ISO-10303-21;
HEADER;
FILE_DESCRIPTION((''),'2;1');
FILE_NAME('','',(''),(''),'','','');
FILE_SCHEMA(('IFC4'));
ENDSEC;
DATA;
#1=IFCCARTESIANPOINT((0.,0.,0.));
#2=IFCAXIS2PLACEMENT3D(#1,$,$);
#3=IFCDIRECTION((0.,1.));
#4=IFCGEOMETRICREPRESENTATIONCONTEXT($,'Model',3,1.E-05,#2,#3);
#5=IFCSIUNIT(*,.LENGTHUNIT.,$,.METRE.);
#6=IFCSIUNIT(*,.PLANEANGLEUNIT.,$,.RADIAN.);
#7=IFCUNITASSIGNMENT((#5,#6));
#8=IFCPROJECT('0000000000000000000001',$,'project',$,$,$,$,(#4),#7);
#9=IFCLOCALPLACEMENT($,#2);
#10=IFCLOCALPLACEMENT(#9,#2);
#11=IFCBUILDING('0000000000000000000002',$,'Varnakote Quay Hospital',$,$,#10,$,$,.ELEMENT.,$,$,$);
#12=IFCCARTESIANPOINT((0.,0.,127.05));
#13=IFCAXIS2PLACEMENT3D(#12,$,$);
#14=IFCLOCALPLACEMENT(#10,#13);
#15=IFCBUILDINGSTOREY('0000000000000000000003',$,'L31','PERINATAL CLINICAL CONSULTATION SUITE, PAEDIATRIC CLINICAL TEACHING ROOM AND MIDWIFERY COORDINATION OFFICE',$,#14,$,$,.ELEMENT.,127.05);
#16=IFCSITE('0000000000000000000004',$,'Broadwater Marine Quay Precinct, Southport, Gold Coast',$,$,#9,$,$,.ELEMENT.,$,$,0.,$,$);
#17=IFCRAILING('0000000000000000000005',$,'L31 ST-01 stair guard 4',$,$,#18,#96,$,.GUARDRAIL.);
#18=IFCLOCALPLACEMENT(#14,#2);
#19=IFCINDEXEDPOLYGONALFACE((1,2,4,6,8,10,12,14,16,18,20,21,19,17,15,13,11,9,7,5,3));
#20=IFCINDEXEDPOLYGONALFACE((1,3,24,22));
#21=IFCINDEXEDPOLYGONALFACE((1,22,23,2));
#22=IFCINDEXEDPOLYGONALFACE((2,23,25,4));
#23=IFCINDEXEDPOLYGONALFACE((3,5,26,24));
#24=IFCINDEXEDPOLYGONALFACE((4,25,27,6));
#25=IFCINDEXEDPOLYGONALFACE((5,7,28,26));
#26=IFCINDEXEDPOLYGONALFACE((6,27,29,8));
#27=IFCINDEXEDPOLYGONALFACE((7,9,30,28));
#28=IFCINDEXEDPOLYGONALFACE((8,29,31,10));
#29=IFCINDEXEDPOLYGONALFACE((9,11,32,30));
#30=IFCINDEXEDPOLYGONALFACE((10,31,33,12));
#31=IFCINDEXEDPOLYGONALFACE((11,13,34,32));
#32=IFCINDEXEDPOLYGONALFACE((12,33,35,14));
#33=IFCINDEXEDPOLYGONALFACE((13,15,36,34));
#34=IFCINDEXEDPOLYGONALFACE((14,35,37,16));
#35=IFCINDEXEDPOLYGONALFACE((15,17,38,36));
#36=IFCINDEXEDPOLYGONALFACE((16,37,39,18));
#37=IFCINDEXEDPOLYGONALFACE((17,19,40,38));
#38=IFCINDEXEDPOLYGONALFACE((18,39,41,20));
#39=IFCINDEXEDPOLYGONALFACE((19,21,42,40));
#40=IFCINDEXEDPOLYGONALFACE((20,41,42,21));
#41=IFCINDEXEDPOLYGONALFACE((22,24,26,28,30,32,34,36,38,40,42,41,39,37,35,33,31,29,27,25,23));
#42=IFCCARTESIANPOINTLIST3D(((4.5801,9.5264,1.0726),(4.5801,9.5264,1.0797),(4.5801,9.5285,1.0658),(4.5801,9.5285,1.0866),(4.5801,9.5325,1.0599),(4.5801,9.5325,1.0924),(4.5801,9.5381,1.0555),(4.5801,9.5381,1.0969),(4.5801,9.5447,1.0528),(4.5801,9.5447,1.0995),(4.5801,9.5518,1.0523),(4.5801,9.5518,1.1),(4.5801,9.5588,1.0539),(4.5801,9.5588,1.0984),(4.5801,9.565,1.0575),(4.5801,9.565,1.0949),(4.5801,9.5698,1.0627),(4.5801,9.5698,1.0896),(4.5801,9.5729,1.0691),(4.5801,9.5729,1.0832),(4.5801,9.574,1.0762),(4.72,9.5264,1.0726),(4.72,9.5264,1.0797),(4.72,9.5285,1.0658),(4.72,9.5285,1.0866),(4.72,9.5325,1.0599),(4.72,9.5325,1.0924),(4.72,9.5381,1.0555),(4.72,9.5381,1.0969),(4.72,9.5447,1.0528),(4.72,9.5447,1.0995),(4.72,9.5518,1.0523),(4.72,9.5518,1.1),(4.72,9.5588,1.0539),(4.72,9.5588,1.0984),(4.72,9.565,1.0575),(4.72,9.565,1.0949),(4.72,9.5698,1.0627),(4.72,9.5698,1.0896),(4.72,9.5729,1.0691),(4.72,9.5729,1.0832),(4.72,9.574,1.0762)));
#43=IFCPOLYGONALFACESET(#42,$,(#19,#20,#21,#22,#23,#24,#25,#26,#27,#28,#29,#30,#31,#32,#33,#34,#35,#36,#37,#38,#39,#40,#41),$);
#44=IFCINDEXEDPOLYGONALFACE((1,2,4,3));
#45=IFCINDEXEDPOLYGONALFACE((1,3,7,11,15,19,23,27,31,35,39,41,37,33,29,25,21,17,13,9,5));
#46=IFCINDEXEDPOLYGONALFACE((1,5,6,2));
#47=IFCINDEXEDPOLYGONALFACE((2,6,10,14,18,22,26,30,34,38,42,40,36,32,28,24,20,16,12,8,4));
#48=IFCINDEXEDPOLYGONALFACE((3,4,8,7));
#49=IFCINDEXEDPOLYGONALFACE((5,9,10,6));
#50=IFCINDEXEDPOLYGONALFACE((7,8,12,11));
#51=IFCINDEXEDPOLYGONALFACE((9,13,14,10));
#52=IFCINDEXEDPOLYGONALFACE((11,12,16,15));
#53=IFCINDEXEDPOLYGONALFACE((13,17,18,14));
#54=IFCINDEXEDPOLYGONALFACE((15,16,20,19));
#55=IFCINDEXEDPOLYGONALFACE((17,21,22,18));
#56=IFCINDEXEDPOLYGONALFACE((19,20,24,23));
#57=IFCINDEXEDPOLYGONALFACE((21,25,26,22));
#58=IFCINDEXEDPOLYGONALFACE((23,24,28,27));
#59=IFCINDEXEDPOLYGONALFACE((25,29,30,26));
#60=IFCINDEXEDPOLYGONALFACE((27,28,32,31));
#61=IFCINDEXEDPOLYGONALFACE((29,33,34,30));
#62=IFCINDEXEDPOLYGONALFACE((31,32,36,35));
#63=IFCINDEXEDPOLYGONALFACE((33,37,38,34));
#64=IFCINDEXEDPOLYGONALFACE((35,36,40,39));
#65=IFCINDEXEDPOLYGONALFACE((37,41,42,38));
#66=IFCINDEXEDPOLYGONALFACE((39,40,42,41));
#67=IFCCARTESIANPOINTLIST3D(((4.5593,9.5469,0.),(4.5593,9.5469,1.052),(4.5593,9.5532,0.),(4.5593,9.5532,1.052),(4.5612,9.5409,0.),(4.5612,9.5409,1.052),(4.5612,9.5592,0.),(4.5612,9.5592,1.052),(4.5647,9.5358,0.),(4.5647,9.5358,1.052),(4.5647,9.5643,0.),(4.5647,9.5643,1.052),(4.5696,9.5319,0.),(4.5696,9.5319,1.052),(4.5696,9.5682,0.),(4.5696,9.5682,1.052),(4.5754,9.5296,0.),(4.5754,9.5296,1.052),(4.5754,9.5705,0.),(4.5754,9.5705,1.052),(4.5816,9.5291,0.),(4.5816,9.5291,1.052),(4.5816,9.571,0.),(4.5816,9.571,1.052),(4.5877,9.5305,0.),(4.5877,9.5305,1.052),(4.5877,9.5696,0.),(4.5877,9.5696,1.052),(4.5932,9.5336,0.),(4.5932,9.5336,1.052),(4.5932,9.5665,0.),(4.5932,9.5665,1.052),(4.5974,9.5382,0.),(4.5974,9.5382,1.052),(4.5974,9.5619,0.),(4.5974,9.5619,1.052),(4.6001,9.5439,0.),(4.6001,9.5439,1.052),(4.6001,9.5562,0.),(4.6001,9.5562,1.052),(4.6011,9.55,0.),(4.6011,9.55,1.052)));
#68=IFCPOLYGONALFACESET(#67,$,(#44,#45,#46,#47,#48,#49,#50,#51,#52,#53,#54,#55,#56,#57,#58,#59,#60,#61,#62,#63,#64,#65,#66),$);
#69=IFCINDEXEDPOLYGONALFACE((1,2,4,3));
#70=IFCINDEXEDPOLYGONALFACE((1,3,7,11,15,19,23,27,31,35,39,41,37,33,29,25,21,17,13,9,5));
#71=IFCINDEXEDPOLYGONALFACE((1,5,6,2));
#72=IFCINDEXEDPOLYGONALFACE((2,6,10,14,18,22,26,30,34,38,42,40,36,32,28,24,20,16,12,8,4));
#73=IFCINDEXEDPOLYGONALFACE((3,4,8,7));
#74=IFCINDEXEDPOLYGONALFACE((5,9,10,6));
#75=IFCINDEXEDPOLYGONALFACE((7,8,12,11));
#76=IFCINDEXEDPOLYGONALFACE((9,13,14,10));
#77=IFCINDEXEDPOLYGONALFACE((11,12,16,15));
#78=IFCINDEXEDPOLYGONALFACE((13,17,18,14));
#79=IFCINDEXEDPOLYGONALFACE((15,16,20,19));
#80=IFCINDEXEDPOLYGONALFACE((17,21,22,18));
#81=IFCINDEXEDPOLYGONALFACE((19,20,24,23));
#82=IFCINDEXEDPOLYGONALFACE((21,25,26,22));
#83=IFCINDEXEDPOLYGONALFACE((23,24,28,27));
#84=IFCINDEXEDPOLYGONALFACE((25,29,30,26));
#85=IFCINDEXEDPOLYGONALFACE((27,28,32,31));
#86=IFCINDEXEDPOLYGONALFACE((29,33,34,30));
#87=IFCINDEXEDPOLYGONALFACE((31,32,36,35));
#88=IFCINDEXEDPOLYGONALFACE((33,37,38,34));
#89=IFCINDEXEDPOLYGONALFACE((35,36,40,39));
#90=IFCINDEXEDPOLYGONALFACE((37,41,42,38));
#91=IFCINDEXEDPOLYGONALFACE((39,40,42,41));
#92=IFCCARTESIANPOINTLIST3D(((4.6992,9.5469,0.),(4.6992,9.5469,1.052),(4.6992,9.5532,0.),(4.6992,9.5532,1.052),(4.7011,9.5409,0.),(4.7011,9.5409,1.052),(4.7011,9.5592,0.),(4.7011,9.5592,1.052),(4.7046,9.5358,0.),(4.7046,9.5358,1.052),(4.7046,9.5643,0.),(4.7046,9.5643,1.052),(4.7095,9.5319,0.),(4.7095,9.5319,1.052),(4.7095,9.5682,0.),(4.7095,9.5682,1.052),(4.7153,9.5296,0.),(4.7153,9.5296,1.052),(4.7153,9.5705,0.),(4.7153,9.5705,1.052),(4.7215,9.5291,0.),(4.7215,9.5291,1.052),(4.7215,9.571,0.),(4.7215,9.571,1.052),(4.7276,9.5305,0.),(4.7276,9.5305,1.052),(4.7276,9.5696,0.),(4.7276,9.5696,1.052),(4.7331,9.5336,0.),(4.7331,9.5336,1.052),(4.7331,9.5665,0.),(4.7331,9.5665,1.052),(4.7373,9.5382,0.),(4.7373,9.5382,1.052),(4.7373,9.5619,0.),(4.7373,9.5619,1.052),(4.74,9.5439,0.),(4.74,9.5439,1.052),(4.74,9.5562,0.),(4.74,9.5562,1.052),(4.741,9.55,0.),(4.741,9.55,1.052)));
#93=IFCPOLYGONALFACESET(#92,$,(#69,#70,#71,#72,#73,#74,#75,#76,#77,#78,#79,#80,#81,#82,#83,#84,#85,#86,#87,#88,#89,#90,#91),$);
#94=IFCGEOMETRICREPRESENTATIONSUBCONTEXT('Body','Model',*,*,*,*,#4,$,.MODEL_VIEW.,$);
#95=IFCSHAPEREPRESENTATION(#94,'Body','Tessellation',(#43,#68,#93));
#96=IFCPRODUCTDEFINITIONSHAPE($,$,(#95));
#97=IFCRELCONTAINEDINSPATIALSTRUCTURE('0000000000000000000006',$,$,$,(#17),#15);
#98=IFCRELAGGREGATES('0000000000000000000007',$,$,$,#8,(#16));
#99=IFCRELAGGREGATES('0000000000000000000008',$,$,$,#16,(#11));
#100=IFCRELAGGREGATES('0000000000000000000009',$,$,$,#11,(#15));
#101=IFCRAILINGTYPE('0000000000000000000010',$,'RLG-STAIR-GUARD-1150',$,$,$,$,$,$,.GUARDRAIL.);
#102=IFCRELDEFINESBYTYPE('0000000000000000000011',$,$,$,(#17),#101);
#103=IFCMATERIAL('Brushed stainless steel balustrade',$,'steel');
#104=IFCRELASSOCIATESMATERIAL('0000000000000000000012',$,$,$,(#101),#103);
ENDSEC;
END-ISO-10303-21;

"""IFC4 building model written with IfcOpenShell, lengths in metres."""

from ifc_helpers import new_model, si_unit, direction, frame, origin, origin_2d, place, context, subcontext, project, spatial, circle, extrude, material, type_object, element, save


model = new_model("IFC4")

# Units and contexts
model_context = context("Model", 3, precision=1e-05, world=origin(), true_north=direction((0.0, 1.0)))
body_context = subcontext(model_context, "Body", "Model", "MODEL_VIEW")
ifc_project = project(units=[si_unit("LENGTHUNIT", "METRE"), si_unit("PLANEANGLEUNIT", "RADIAN")], contexts=[model_context])

# Site, building, storey
site_placement = place(None, origin())
site = spatial("IfcSite", under=ifc_project, at=site_placement, Name="Broadwater Marine Quay Precinct, Southport, Gold Coast", CompositionType="ELEMENT", RefElevation=0.0)
building_placement = place(site_placement, origin())
building = spatial("IfcBuilding", under=site, at=building_placement, Name="Varnakote Quay Hospital", CompositionType="ELEMENT")
storey_placement = place(building_placement, frame((0.0, 0.0, 127.05)))
storey = spatial("IfcBuildingStorey", under=building, at=storey_placement, Name="L31", Description="PERINATAL CLINICAL CONSULTATION SUITE, PAEDIATRIC CLINICAL TEACHING ROOM AND MIDWIFERY COORDINATION OFFICE", CompositionType="ELEMENT", Elevation=127.05)

# Railing
ifc_material_1 = material(Name="Brushed stainless steel balustrade", Category="steel")
railing_type_1 = type_object("IfcRailingType", Name="RLG-STAIR-GUARD-1150", PredefinedType="GUARDRAIL", material=ifc_material_1)
railing_1_placement = place(storey_placement, frame((4.5801, 9.55, 0.0)))
element("IfcRailing", 1, at=railing_1_placement, inside=storey, type_object=railing_type_1, Name="L31 ST-01 stair guard 4", PredefinedType="GUARDRAIL", context=body_context, shape_type="SweptSolid", body=[
    extrude(circle(Radius=0.0239, at=origin_2d()), frame((0.0, 0.0, 1.0762), z_axis=(1.0, 0.0, 0.0), x_axis=(0.0, 1.0, 0.0)), (0.0, 0.0, 1.0), 0.1399),
    extrude(circle(Radius=0.021, at=origin_2d()), origin(), (0.0, 0.0, 1.0), 1.052),
    extrude(circle(Radius=0.021, at=origin_2d()), frame((0.1399, 0.0, 0.0)), (0.0, 0.0, 1.0), 1.052),
])

save(model, "model.ifc")
